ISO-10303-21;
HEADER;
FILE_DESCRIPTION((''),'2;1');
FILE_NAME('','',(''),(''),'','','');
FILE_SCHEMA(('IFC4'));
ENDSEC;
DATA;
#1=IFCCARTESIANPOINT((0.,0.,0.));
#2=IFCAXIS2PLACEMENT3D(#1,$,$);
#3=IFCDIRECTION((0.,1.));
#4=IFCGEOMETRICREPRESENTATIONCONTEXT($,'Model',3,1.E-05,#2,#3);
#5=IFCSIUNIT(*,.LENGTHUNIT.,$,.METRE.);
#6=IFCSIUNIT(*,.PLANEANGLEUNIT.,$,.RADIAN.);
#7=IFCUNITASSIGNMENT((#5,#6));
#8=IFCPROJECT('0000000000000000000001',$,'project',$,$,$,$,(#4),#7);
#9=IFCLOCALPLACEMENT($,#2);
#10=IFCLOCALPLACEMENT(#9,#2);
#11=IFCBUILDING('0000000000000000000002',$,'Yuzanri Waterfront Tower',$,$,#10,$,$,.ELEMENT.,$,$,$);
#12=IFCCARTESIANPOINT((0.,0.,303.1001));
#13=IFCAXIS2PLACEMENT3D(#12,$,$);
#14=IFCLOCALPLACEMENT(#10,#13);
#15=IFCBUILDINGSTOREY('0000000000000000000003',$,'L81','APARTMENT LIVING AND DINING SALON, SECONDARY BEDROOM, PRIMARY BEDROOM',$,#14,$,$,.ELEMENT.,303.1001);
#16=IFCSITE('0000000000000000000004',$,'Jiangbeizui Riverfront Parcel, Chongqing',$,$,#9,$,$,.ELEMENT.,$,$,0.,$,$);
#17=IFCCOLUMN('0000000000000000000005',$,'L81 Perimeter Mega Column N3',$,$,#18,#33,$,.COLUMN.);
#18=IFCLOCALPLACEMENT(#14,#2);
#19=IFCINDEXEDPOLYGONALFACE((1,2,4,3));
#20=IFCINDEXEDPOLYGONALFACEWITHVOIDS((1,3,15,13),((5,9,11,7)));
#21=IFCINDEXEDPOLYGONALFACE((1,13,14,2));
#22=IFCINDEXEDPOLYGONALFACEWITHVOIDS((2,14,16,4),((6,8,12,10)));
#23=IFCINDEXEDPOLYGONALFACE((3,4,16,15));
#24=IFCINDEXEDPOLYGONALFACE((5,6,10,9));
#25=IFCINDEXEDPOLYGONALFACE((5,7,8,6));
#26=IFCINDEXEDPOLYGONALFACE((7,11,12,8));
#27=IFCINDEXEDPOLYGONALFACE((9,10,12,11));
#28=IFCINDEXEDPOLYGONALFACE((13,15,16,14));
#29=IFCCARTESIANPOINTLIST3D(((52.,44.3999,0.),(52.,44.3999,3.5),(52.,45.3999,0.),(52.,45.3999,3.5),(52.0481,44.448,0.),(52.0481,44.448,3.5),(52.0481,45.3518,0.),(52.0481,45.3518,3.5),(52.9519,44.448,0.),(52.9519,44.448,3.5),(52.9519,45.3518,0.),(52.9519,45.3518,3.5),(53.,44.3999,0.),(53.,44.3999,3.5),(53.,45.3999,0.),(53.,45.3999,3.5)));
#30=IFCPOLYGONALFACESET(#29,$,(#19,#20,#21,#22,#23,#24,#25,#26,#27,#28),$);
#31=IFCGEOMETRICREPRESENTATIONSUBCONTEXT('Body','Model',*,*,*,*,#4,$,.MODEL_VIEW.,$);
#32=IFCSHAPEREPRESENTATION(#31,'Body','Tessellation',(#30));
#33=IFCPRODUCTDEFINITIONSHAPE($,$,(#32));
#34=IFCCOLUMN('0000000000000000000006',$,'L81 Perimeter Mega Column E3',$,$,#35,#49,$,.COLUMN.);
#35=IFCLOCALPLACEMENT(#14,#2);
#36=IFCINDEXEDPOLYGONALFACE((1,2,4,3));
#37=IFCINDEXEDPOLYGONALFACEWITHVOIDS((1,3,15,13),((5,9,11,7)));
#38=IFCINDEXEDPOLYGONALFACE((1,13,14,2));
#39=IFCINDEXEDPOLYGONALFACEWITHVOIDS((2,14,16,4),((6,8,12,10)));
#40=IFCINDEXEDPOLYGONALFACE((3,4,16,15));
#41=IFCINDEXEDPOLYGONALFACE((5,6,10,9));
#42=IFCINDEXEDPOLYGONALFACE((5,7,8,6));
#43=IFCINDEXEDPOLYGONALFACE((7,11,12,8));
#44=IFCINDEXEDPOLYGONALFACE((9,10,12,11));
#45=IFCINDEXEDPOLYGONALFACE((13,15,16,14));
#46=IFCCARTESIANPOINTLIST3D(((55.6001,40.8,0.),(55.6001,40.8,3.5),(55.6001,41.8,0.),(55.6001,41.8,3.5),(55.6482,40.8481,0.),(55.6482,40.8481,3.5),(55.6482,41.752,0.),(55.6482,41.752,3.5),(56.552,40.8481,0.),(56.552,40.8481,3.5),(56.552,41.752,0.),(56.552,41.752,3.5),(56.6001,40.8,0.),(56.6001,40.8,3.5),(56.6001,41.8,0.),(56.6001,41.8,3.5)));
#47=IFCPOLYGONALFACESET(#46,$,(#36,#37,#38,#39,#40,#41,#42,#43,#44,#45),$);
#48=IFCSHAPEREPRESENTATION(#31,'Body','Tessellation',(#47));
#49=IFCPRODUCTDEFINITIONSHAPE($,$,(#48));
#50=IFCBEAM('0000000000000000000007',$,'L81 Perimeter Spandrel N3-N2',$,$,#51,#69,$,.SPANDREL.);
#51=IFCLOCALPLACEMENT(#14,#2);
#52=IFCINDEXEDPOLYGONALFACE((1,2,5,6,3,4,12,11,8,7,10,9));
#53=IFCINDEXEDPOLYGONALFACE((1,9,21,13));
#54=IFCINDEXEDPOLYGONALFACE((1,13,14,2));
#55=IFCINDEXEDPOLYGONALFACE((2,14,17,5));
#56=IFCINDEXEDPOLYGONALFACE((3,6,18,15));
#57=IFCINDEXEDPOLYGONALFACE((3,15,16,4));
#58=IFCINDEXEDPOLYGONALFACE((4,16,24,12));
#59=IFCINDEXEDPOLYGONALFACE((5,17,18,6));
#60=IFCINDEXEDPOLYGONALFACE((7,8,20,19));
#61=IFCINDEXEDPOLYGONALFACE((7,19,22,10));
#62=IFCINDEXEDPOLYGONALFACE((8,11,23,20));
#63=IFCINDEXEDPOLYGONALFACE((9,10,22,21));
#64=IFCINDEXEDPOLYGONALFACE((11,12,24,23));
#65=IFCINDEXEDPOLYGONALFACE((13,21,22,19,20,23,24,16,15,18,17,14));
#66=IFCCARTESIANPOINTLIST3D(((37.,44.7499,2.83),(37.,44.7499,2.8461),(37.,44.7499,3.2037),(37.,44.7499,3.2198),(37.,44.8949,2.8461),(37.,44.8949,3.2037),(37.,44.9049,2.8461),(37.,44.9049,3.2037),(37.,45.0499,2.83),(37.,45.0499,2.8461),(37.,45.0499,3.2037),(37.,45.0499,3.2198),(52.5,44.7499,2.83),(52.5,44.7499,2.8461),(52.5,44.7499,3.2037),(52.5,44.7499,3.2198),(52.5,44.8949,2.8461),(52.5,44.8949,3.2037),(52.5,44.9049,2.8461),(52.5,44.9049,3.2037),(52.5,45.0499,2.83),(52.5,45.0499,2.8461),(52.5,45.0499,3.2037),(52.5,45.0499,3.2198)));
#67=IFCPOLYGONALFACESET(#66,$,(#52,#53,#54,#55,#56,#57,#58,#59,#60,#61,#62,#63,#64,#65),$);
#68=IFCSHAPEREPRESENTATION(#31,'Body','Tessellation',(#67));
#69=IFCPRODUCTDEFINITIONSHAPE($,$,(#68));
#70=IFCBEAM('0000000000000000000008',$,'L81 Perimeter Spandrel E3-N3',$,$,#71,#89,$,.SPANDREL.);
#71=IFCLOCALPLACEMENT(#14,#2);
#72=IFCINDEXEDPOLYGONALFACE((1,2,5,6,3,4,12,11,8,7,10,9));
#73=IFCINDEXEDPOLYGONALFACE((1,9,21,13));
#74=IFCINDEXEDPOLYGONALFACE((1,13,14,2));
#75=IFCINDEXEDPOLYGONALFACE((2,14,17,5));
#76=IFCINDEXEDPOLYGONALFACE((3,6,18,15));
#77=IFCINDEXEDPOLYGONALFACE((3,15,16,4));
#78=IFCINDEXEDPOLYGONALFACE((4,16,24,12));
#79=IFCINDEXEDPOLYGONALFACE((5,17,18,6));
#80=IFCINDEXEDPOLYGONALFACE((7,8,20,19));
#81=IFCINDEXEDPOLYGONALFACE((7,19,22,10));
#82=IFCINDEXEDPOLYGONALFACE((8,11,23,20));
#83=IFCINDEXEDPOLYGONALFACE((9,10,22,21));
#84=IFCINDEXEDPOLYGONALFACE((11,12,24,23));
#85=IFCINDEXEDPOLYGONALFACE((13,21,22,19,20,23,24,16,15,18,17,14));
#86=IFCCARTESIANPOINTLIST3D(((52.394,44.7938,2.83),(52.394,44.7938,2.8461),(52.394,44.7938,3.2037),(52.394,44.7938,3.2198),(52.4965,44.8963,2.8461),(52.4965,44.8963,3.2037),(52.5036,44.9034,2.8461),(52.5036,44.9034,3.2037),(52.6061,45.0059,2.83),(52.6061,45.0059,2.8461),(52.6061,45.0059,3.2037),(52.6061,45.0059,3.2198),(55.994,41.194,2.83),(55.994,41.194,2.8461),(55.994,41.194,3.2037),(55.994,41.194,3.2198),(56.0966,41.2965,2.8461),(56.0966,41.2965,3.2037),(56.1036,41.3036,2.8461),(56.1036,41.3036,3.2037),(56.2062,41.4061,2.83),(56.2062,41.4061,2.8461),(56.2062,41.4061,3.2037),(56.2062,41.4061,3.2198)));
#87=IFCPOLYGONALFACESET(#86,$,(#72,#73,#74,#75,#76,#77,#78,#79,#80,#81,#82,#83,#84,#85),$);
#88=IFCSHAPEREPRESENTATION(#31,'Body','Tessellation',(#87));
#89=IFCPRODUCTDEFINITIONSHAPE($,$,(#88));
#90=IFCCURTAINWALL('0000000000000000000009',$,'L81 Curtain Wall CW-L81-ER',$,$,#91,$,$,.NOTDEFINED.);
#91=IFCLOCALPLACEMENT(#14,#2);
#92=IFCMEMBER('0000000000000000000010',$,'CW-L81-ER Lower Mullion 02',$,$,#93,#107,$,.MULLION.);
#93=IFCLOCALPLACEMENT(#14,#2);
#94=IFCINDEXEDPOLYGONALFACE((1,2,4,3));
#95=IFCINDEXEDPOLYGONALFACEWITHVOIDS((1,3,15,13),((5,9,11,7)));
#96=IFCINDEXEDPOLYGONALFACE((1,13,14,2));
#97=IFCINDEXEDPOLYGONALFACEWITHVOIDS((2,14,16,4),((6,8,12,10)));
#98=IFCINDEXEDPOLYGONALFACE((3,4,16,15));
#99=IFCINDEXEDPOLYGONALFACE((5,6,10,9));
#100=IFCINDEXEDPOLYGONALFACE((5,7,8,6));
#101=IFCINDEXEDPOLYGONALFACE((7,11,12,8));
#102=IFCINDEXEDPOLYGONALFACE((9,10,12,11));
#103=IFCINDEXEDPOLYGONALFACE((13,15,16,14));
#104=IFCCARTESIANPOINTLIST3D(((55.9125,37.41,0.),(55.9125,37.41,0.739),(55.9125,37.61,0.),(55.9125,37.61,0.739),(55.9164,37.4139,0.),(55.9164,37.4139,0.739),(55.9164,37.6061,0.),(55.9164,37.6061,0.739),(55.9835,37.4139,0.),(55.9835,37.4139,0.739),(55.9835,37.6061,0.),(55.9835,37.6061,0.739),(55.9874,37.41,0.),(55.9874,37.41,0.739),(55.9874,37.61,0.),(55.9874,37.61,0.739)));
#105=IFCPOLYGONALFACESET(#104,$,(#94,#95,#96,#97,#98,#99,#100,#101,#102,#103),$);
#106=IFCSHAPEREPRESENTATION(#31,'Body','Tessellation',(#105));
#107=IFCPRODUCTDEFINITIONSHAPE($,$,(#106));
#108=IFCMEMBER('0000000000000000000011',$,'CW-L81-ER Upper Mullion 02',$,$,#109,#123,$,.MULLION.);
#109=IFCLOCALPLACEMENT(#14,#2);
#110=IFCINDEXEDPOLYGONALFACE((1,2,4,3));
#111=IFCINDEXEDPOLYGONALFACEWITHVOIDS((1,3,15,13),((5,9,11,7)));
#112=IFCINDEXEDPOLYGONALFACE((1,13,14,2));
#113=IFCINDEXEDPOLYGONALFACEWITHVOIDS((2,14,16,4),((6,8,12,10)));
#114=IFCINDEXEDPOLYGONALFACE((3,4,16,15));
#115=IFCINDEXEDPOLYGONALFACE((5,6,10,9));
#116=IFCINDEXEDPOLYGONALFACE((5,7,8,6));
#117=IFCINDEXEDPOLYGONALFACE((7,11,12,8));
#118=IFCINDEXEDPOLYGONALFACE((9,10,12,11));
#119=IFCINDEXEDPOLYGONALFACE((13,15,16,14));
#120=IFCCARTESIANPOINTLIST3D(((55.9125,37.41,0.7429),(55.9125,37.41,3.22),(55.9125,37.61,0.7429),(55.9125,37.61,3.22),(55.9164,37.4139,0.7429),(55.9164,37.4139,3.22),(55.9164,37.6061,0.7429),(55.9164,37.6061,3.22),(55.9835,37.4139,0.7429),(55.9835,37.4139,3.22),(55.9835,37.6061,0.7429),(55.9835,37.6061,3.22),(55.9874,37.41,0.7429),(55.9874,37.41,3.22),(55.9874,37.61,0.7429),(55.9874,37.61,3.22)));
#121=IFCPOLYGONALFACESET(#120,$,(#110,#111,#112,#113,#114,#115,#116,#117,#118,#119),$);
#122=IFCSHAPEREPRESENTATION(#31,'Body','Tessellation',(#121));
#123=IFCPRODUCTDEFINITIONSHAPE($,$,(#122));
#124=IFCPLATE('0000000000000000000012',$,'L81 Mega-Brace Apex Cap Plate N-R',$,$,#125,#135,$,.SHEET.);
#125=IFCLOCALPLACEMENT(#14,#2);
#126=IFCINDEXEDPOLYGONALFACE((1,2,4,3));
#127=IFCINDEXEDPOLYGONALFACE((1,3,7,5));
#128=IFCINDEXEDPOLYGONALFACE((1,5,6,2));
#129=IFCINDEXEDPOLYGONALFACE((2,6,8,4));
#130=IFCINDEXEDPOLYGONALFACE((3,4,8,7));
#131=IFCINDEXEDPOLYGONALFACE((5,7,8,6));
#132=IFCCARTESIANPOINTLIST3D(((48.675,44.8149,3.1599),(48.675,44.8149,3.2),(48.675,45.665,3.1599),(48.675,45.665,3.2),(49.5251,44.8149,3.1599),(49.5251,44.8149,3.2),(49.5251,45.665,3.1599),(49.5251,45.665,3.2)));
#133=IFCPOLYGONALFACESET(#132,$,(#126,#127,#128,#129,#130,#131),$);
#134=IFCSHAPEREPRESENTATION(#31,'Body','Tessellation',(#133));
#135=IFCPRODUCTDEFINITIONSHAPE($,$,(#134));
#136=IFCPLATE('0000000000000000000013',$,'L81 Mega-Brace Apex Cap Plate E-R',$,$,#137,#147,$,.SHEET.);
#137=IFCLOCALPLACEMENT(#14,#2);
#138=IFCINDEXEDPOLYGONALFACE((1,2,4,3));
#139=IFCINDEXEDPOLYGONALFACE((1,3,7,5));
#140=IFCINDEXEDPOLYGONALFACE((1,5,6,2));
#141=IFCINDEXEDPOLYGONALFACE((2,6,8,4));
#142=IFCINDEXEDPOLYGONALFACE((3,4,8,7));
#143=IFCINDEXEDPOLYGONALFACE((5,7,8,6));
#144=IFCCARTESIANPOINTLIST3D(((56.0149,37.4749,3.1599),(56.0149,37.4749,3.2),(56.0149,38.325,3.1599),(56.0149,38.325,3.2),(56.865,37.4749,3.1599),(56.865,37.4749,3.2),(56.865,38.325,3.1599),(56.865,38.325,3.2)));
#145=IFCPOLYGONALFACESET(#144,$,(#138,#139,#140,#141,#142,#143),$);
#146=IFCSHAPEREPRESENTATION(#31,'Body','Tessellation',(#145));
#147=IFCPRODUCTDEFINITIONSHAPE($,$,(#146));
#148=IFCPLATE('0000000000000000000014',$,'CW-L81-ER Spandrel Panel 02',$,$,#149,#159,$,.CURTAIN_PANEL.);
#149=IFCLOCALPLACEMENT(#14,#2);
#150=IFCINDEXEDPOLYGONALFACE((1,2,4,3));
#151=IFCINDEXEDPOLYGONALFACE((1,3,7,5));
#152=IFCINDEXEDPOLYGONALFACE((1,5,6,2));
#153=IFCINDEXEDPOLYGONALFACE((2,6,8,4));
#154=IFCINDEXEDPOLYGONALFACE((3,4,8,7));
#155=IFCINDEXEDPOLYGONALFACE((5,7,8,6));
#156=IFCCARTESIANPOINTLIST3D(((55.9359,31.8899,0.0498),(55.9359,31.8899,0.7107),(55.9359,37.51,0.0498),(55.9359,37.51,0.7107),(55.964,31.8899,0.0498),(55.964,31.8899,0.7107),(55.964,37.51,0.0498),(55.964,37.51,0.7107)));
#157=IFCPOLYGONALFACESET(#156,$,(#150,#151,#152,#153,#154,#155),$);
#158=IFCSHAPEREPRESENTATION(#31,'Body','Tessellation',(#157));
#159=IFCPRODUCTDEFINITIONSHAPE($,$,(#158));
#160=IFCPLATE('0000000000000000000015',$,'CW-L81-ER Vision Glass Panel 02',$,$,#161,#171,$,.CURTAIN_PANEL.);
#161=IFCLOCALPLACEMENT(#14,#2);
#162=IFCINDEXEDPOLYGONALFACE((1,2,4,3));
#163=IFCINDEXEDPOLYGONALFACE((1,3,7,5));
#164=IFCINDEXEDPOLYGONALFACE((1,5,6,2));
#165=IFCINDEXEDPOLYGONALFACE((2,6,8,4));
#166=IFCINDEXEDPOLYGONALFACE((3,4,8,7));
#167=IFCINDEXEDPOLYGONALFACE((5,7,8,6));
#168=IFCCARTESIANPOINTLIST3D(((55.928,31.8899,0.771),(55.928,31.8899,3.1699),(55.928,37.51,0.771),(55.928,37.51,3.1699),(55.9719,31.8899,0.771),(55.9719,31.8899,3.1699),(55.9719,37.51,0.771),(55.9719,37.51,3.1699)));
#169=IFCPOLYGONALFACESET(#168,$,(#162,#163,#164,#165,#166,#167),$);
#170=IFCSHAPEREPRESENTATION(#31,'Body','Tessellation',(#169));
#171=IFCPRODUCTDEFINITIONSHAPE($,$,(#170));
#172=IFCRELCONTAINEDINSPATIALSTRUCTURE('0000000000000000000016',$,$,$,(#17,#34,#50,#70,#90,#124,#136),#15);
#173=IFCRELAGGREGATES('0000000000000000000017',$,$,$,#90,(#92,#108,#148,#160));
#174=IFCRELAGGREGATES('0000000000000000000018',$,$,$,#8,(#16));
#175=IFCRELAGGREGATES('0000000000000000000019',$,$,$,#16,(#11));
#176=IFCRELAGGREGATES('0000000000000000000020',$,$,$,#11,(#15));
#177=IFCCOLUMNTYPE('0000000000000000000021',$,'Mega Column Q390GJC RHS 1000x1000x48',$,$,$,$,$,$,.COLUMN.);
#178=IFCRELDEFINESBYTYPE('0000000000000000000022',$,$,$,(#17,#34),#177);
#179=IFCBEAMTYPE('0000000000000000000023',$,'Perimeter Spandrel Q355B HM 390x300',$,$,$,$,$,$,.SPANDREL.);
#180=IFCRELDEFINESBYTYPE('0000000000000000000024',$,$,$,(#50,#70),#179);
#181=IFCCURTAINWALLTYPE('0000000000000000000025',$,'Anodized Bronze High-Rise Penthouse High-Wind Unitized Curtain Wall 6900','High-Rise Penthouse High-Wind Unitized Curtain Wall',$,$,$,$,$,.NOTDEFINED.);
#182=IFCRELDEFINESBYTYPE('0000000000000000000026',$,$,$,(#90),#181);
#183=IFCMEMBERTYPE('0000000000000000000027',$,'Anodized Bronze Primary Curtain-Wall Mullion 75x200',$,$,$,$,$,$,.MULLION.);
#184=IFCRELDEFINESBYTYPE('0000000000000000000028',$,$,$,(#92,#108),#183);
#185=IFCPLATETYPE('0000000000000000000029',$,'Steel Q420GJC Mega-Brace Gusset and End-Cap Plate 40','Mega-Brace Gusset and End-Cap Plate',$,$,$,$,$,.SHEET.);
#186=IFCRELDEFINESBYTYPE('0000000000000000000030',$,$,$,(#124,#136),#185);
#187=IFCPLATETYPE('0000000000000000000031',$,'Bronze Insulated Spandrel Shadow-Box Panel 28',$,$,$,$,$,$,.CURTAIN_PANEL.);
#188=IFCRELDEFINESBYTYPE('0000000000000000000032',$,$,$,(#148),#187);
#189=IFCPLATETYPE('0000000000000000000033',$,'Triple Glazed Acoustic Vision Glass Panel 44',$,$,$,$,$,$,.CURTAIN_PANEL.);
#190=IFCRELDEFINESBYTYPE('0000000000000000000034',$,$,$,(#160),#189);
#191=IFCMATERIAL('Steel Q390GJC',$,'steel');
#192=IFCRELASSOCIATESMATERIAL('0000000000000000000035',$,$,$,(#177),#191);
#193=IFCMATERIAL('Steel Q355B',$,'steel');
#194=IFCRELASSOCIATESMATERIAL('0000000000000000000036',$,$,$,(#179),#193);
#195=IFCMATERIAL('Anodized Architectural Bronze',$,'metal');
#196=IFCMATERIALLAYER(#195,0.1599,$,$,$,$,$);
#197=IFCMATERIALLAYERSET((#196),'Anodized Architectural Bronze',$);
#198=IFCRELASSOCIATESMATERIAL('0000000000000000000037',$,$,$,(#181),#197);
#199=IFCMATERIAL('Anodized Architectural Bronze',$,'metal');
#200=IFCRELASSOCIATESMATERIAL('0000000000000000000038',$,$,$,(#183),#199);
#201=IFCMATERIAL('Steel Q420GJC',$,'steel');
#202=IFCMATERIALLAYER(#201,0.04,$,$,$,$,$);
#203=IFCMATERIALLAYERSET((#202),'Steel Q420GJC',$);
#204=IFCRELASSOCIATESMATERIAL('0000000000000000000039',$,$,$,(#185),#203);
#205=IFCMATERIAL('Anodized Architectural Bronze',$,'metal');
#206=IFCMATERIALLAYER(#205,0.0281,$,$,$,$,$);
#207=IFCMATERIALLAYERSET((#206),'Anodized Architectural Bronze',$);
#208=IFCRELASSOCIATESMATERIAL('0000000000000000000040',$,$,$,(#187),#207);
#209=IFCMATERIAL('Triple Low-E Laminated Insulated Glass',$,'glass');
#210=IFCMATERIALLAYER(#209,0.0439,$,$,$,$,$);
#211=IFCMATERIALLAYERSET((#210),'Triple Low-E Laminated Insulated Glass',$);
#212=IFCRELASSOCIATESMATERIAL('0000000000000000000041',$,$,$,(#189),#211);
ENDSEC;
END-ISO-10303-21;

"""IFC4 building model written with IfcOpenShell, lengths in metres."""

from ifc_helpers import new_model, si_unit, direction, frame, origin, origin_2d, place, context, subcontext, project, spatial, rectangle, hollow_rectangle, i_section, extrude, source, transform, mapped, material, layer, layer_set, material_profile, profile_set, type_object, element, aggregate, save


model = new_model("IFC4")

# Units and contexts
model_context = context("Model", 3, precision=1e-05, world=origin(), true_north=direction((0.0, 1.0)))
body_context = subcontext(model_context, "Body", "Model", "MODEL_VIEW")
ifc_project = project(units=[si_unit("LENGTHUNIT", "METRE"), si_unit("PLANEANGLEUNIT", "RADIAN")], contexts=[model_context])

# Site, building, storey
site_placement = place(None, origin())
site = spatial("IfcSite", under=ifc_project, at=site_placement, Name="Jiangbeizui Riverfront Parcel, Chongqing", CompositionType="ELEMENT", RefElevation=0.0)
building_placement = place(site_placement, origin())
building = spatial("IfcBuilding", under=site, at=building_placement, Name="Yuzanri Waterfront Tower", CompositionType="ELEMENT")
storey_placement = place(building_placement, frame((0.0, 0.0, 303.1001)))
storey = spatial("IfcBuildingStorey", under=building, at=storey_placement, Name="L81", Description="APARTMENT LIVING AND DINING SALON, SECONDARY BEDROOM, PRIMARY BEDROOM", CompositionType="ELEMENT", Elevation=303.1001)

# Columns
ifc_material_1 = material(Name="Steel Q390GJC", Category="steel")
ifc_material_profile_1 = material_profile(ifc_material_1, hollow_rectangle(XDim=1.0, YDim=1.0, WallThickness=0.0481, at=origin_2d()), Name="RHS 1000x1000x48")
ifc_profile_set_1 = profile_set([ifc_material_profile_1], Name="Steel Q390GJC")
column_type = type_object("IfcColumnType", Name="Mega Column Q390GJC RHS 1000x1000x48", PredefinedType="COLUMN", material=ifc_profile_set_1)
shared_shape_1 = source(origin(), body_context, "Body", "SweptSolid", [
    extrude(hollow_rectangle(XDim=1.0, YDim=1.0, WallThickness=0.0481, at=origin_2d()), origin(), (0.0, 0.0, 1.0), 3.5),
])
for number, where, z_axis, x_axis, name in (
    (1, (52.5, 44.8999, 0.0), (0.0, 0.0, 1.0), (1.0, 0.0, 0.0), "L81 Perimeter Mega Column N3"),
    (2, (56.1001, 41.3, 0.0), (0.0, 0.0, 1.0), (1.0, 0.0, 0.0), "L81 Perimeter Mega Column E3"),
):
    element("IfcColumn", number, at=place(storey_placement, frame(where, z_axis=z_axis, x_axis=x_axis)), inside=storey, type_object=column_type, Name=name, PredefinedType="COLUMN", context=body_context, shape_type="MappedRepresentation", body=[
        mapped(shared_shape_1, transform((0.0, 0.0, 0.0), scale=1.0)),
    ])

# Beams
ifc_material_2 = material(Name="Steel Q355B", Category="steel")
ifc_material_profile_2 = material_profile(ifc_material_2, i_section(OverallWidth=0.3, OverallDepth=0.3899, WebThickness=0.01, FlangeThickness=0.0161, at=origin_2d()), Name="HM 390x300x10x16")
ifc_profile_set_2 = profile_set([ifc_material_profile_2], Name="Steel Q355B")
beam_type = type_object("IfcBeamType", Name="Perimeter Spandrel Q355B HM 390x300", PredefinedType="SPANDREL", material=ifc_profile_set_2)
shared_shape_2 = source(origin(), body_context, "Body", "SweptSolid", [
    extrude(i_section(OverallWidth=0.3, OverallDepth=0.3899, WebThickness=0.01, FlangeThickness=0.0161, at=origin_2d()), origin(), (0.0, 0.0, 1.0), 15.5),
])
beam_1_placement = place(storey_placement, frame((52.5, 44.8999, 3.0249), z_axis=(-1.0, 0.0, 0.0), x_axis=(0.0, -1.0, 0.0)))
element("IfcBeam", 3, at=beam_1_placement, inside=storey, type_object=beam_type, Name="L81 Perimeter Spandrel N3-N2", PredefinedType="SPANDREL", context=body_context, shape_type="MappedRepresentation", body=[
    mapped(shared_shape_2, transform((0.0, 0.0, 0.0), scale=1.0)),
])
shared_shape_3 = source(origin(), body_context, "Body", "SweptSolid", [
    extrude(i_section(OverallWidth=0.3, OverallDepth=0.3899, WebThickness=0.01, FlangeThickness=0.0161, at=origin_2d()), origin(), (0.0, 0.0, 1.0), 5.0911),
])
beam_2_placement = place(storey_placement, frame((56.1001, 41.3, 3.0249), z_axis=(-0.707131, 0.707083, 0.0), x_axis=(-0.707083, -0.707131, 0.0)))
element("IfcBeam", 4, at=beam_2_placement, inside=storey, type_object=beam_type, Name="L81 Perimeter Spandrel E3-N3", PredefinedType="SPANDREL", context=body_context, shape_type="MappedRepresentation", body=[
    mapped(shared_shape_3, transform((0.0, 0.0, 0.0), scale=1.0)),
])

# Curtain wall, members
ifc_material_3 = material(Name="Anodized Architectural Bronze", Category="metal")
ifc_layer_1 = layer(ifc_material_3, 0.1599)
ifc_layer_set_1 = layer_set([ifc_layer_1], Name="Anodized Architectural Bronze")
curtain_wall_type = type_object("IfcCurtainWallType", Name="Anodized Bronze High-Rise Penthouse High-Wind Unitized Curtain Wall 6900", Description="High-Rise Penthouse High-Wind Unitized Curtain Wall", PredefinedType="NOTDEFINED", material=ifc_layer_set_1)
curtain_wall_placement = place(storey_placement, origin())
curtain_wall = element("IfcCurtainWall", 5, at=curtain_wall_placement, inside=storey, type_object=curtain_wall_type, Name="L81 Curtain Wall CW-L81-ER", PredefinedType="NOTDEFINED")
ifc_material_4 = material(Name="Anodized Architectural Bronze", Category="metal")
ifc_material_profile_3 = material_profile(ifc_material_4, hollow_rectangle(XDim=0.075, YDim=0.2, WallThickness=0.0039, at=origin_2d()), Name="CWM 75x200")
ifc_profile_set_3 = profile_set([ifc_material_profile_3], Name="Anodized Architectural Bronze")
member_type = type_object("IfcMemberType", Name="Anodized Bronze Primary Curtain-Wall Mullion 75x200", PredefinedType="MULLION", material=ifc_profile_set_3)
shared_shape_4 = source(origin(), body_context, "Body", "SweptSolid", [
    extrude(hollow_rectangle(XDim=0.075, YDim=0.2, WallThickness=0.0039, at=origin_2d()), origin(), (0.0, 0.0, 1.0), 0.739),
])
member_1_placement = place(storey_placement, frame((55.95, 37.51, 0.0), z_axis=(0.0, 0.0, 1.0), x_axis=(1.0, 0.0, 0.0)))
member_1 = element("IfcMember", 6, at=member_1_placement, type_object=member_type, Name="CW-L81-ER Lower Mullion 02", PredefinedType="MULLION", context=body_context, shape_type="MappedRepresentation", body=[
    mapped(shared_shape_4, transform((0.0, 0.0, 0.0), scale=1.0)),
])
shared_shape_5 = source(origin(), body_context, "Body", "SweptSolid", [
    extrude(hollow_rectangle(XDim=0.075, YDim=0.2, WallThickness=0.0039, at=origin_2d()), origin(), (0.0, 0.0, 1.0), 2.4771),
])
member_2_placement = place(storey_placement, frame((55.95, 37.51, 0.7429), z_axis=(0.0, 0.0, 1.0), x_axis=(1.0, 0.0, 0.0)))
member_2 = element("IfcMember", 7, at=member_2_placement, type_object=member_type, Name="CW-L81-ER Upper Mullion 02", PredefinedType="MULLION", context=body_context, shape_type="MappedRepresentation", body=[
    mapped(shared_shape_5, transform((0.0, 0.0, 0.0), scale=1.0)),
])

# Plates
ifc_material_5 = material(Name="Steel Q420GJC", Category="steel")
ifc_layer_2 = layer(ifc_material_5, 0.04)
ifc_layer_set_2 = layer_set([ifc_layer_2], Name="Steel Q420GJC")
plate_type_1 = type_object("IfcPlateType", Name="Steel Q420GJC Mega-Brace Gusset and End-Cap Plate 40", Description="Mega-Brace Gusset and End-Cap Plate", PredefinedType="SHEET", material=ifc_layer_set_2)
shared_shape_6 = source(origin(), body_context, "Body", "SweptSolid", [
    extrude(rectangle(XDim=0.8501, YDim=0.8501, at=origin_2d()), origin(), (0.0, 0.0, 1.0), 0.04),
])
for number, where, z_axis, x_axis, name in (
    (8, (49.1001, 45.24, 3.1599), (0.0, 0.0, 1.0), (1.0, 0.0, 0.0), "L81 Mega-Brace Apex Cap Plate N-R"),
    (9, (56.4399, 37.8999, 3.1599), (0.0, 0.0, 1.0), (1.0, 0.0, 0.0), "L81 Mega-Brace Apex Cap Plate E-R"),
):
    element("IfcPlate", number, at=place(storey_placement, frame(where, z_axis=z_axis, x_axis=x_axis)), inside=storey, type_object=plate_type_1, Name=name, PredefinedType="SHEET", context=body_context, shape_type="MappedRepresentation", body=[
        mapped(shared_shape_6, transform((0.0, 0.0, 0.0), scale=1.0)),
    ])

# Plates
ifc_material_6 = material(Name="Anodized Architectural Bronze", Category="metal")
ifc_layer_3 = layer(ifc_material_6, 0.0281)
ifc_layer_set_3 = layer_set([ifc_layer_3], Name="Anodized Architectural Bronze")
plate_type_2 = type_object("IfcPlateType", Name="Bronze Insulated Spandrel Shadow-Box Panel 28", PredefinedType="CURTAIN_PANEL", material=ifc_layer_set_3)
shared_shape_7 = source(origin(), body_context, "Body", "SweptSolid", [
    extrude(rectangle(XDim=5.6201, YDim=0.0281, at=origin_2d()), origin(), (0.0, 0.0, 1.0), 0.6609),
])
plate_1_placement = place(storey_placement, frame((55.95, 34.7, 0.0498), z_axis=(0.0, 0.0, 1.0), x_axis=(0.0, 1.0, 0.0)))
plate_1 = element("IfcPlate", 10, at=plate_1_placement, type_object=plate_type_2, Name="CW-L81-ER Spandrel Panel 02", PredefinedType="CURTAIN_PANEL", context=body_context, shape_type="MappedRepresentation", body=[
    mapped(shared_shape_7, transform((0.0, 0.0, 0.0), scale=1.0)),
])
ifc_material_7 = material(Name="Triple Low-E Laminated Insulated Glass", Category="glass")
ifc_layer_4 = layer(ifc_material_7, 0.0439)
ifc_layer_set_4 = layer_set([ifc_layer_4], Name="Triple Low-E Laminated Insulated Glass")
plate_type_3 = type_object("IfcPlateType", Name="Triple Glazed Acoustic Vision Glass Panel 44", PredefinedType="CURTAIN_PANEL", material=ifc_layer_set_4)
shared_shape_8 = source(origin(), body_context, "Body", "SweptSolid", [
    extrude(rectangle(XDim=5.6201, YDim=0.0439, at=origin_2d()), origin(), (0.0, 0.0, 1.0), 2.3989),
])
plate_2_placement = place(storey_placement, frame((55.95, 34.7, 0.771), z_axis=(0.0, 0.0, 1.0), x_axis=(0.0, 1.0, 0.0)))
plate_2 = element("IfcPlate", 11, at=plate_2_placement, type_object=plate_type_3, Name="CW-L81-ER Vision Glass Panel 02", PredefinedType="CURTAIN_PANEL", context=body_context, shape_type="MappedRepresentation", body=[
    mapped(shared_shape_8, transform((0.0, 0.0, 0.0), scale=1.0)),
])
aggregate(curtain_wall, [member_1, member_2, plate_1, plate_2])

save(model, "model.ifc")
